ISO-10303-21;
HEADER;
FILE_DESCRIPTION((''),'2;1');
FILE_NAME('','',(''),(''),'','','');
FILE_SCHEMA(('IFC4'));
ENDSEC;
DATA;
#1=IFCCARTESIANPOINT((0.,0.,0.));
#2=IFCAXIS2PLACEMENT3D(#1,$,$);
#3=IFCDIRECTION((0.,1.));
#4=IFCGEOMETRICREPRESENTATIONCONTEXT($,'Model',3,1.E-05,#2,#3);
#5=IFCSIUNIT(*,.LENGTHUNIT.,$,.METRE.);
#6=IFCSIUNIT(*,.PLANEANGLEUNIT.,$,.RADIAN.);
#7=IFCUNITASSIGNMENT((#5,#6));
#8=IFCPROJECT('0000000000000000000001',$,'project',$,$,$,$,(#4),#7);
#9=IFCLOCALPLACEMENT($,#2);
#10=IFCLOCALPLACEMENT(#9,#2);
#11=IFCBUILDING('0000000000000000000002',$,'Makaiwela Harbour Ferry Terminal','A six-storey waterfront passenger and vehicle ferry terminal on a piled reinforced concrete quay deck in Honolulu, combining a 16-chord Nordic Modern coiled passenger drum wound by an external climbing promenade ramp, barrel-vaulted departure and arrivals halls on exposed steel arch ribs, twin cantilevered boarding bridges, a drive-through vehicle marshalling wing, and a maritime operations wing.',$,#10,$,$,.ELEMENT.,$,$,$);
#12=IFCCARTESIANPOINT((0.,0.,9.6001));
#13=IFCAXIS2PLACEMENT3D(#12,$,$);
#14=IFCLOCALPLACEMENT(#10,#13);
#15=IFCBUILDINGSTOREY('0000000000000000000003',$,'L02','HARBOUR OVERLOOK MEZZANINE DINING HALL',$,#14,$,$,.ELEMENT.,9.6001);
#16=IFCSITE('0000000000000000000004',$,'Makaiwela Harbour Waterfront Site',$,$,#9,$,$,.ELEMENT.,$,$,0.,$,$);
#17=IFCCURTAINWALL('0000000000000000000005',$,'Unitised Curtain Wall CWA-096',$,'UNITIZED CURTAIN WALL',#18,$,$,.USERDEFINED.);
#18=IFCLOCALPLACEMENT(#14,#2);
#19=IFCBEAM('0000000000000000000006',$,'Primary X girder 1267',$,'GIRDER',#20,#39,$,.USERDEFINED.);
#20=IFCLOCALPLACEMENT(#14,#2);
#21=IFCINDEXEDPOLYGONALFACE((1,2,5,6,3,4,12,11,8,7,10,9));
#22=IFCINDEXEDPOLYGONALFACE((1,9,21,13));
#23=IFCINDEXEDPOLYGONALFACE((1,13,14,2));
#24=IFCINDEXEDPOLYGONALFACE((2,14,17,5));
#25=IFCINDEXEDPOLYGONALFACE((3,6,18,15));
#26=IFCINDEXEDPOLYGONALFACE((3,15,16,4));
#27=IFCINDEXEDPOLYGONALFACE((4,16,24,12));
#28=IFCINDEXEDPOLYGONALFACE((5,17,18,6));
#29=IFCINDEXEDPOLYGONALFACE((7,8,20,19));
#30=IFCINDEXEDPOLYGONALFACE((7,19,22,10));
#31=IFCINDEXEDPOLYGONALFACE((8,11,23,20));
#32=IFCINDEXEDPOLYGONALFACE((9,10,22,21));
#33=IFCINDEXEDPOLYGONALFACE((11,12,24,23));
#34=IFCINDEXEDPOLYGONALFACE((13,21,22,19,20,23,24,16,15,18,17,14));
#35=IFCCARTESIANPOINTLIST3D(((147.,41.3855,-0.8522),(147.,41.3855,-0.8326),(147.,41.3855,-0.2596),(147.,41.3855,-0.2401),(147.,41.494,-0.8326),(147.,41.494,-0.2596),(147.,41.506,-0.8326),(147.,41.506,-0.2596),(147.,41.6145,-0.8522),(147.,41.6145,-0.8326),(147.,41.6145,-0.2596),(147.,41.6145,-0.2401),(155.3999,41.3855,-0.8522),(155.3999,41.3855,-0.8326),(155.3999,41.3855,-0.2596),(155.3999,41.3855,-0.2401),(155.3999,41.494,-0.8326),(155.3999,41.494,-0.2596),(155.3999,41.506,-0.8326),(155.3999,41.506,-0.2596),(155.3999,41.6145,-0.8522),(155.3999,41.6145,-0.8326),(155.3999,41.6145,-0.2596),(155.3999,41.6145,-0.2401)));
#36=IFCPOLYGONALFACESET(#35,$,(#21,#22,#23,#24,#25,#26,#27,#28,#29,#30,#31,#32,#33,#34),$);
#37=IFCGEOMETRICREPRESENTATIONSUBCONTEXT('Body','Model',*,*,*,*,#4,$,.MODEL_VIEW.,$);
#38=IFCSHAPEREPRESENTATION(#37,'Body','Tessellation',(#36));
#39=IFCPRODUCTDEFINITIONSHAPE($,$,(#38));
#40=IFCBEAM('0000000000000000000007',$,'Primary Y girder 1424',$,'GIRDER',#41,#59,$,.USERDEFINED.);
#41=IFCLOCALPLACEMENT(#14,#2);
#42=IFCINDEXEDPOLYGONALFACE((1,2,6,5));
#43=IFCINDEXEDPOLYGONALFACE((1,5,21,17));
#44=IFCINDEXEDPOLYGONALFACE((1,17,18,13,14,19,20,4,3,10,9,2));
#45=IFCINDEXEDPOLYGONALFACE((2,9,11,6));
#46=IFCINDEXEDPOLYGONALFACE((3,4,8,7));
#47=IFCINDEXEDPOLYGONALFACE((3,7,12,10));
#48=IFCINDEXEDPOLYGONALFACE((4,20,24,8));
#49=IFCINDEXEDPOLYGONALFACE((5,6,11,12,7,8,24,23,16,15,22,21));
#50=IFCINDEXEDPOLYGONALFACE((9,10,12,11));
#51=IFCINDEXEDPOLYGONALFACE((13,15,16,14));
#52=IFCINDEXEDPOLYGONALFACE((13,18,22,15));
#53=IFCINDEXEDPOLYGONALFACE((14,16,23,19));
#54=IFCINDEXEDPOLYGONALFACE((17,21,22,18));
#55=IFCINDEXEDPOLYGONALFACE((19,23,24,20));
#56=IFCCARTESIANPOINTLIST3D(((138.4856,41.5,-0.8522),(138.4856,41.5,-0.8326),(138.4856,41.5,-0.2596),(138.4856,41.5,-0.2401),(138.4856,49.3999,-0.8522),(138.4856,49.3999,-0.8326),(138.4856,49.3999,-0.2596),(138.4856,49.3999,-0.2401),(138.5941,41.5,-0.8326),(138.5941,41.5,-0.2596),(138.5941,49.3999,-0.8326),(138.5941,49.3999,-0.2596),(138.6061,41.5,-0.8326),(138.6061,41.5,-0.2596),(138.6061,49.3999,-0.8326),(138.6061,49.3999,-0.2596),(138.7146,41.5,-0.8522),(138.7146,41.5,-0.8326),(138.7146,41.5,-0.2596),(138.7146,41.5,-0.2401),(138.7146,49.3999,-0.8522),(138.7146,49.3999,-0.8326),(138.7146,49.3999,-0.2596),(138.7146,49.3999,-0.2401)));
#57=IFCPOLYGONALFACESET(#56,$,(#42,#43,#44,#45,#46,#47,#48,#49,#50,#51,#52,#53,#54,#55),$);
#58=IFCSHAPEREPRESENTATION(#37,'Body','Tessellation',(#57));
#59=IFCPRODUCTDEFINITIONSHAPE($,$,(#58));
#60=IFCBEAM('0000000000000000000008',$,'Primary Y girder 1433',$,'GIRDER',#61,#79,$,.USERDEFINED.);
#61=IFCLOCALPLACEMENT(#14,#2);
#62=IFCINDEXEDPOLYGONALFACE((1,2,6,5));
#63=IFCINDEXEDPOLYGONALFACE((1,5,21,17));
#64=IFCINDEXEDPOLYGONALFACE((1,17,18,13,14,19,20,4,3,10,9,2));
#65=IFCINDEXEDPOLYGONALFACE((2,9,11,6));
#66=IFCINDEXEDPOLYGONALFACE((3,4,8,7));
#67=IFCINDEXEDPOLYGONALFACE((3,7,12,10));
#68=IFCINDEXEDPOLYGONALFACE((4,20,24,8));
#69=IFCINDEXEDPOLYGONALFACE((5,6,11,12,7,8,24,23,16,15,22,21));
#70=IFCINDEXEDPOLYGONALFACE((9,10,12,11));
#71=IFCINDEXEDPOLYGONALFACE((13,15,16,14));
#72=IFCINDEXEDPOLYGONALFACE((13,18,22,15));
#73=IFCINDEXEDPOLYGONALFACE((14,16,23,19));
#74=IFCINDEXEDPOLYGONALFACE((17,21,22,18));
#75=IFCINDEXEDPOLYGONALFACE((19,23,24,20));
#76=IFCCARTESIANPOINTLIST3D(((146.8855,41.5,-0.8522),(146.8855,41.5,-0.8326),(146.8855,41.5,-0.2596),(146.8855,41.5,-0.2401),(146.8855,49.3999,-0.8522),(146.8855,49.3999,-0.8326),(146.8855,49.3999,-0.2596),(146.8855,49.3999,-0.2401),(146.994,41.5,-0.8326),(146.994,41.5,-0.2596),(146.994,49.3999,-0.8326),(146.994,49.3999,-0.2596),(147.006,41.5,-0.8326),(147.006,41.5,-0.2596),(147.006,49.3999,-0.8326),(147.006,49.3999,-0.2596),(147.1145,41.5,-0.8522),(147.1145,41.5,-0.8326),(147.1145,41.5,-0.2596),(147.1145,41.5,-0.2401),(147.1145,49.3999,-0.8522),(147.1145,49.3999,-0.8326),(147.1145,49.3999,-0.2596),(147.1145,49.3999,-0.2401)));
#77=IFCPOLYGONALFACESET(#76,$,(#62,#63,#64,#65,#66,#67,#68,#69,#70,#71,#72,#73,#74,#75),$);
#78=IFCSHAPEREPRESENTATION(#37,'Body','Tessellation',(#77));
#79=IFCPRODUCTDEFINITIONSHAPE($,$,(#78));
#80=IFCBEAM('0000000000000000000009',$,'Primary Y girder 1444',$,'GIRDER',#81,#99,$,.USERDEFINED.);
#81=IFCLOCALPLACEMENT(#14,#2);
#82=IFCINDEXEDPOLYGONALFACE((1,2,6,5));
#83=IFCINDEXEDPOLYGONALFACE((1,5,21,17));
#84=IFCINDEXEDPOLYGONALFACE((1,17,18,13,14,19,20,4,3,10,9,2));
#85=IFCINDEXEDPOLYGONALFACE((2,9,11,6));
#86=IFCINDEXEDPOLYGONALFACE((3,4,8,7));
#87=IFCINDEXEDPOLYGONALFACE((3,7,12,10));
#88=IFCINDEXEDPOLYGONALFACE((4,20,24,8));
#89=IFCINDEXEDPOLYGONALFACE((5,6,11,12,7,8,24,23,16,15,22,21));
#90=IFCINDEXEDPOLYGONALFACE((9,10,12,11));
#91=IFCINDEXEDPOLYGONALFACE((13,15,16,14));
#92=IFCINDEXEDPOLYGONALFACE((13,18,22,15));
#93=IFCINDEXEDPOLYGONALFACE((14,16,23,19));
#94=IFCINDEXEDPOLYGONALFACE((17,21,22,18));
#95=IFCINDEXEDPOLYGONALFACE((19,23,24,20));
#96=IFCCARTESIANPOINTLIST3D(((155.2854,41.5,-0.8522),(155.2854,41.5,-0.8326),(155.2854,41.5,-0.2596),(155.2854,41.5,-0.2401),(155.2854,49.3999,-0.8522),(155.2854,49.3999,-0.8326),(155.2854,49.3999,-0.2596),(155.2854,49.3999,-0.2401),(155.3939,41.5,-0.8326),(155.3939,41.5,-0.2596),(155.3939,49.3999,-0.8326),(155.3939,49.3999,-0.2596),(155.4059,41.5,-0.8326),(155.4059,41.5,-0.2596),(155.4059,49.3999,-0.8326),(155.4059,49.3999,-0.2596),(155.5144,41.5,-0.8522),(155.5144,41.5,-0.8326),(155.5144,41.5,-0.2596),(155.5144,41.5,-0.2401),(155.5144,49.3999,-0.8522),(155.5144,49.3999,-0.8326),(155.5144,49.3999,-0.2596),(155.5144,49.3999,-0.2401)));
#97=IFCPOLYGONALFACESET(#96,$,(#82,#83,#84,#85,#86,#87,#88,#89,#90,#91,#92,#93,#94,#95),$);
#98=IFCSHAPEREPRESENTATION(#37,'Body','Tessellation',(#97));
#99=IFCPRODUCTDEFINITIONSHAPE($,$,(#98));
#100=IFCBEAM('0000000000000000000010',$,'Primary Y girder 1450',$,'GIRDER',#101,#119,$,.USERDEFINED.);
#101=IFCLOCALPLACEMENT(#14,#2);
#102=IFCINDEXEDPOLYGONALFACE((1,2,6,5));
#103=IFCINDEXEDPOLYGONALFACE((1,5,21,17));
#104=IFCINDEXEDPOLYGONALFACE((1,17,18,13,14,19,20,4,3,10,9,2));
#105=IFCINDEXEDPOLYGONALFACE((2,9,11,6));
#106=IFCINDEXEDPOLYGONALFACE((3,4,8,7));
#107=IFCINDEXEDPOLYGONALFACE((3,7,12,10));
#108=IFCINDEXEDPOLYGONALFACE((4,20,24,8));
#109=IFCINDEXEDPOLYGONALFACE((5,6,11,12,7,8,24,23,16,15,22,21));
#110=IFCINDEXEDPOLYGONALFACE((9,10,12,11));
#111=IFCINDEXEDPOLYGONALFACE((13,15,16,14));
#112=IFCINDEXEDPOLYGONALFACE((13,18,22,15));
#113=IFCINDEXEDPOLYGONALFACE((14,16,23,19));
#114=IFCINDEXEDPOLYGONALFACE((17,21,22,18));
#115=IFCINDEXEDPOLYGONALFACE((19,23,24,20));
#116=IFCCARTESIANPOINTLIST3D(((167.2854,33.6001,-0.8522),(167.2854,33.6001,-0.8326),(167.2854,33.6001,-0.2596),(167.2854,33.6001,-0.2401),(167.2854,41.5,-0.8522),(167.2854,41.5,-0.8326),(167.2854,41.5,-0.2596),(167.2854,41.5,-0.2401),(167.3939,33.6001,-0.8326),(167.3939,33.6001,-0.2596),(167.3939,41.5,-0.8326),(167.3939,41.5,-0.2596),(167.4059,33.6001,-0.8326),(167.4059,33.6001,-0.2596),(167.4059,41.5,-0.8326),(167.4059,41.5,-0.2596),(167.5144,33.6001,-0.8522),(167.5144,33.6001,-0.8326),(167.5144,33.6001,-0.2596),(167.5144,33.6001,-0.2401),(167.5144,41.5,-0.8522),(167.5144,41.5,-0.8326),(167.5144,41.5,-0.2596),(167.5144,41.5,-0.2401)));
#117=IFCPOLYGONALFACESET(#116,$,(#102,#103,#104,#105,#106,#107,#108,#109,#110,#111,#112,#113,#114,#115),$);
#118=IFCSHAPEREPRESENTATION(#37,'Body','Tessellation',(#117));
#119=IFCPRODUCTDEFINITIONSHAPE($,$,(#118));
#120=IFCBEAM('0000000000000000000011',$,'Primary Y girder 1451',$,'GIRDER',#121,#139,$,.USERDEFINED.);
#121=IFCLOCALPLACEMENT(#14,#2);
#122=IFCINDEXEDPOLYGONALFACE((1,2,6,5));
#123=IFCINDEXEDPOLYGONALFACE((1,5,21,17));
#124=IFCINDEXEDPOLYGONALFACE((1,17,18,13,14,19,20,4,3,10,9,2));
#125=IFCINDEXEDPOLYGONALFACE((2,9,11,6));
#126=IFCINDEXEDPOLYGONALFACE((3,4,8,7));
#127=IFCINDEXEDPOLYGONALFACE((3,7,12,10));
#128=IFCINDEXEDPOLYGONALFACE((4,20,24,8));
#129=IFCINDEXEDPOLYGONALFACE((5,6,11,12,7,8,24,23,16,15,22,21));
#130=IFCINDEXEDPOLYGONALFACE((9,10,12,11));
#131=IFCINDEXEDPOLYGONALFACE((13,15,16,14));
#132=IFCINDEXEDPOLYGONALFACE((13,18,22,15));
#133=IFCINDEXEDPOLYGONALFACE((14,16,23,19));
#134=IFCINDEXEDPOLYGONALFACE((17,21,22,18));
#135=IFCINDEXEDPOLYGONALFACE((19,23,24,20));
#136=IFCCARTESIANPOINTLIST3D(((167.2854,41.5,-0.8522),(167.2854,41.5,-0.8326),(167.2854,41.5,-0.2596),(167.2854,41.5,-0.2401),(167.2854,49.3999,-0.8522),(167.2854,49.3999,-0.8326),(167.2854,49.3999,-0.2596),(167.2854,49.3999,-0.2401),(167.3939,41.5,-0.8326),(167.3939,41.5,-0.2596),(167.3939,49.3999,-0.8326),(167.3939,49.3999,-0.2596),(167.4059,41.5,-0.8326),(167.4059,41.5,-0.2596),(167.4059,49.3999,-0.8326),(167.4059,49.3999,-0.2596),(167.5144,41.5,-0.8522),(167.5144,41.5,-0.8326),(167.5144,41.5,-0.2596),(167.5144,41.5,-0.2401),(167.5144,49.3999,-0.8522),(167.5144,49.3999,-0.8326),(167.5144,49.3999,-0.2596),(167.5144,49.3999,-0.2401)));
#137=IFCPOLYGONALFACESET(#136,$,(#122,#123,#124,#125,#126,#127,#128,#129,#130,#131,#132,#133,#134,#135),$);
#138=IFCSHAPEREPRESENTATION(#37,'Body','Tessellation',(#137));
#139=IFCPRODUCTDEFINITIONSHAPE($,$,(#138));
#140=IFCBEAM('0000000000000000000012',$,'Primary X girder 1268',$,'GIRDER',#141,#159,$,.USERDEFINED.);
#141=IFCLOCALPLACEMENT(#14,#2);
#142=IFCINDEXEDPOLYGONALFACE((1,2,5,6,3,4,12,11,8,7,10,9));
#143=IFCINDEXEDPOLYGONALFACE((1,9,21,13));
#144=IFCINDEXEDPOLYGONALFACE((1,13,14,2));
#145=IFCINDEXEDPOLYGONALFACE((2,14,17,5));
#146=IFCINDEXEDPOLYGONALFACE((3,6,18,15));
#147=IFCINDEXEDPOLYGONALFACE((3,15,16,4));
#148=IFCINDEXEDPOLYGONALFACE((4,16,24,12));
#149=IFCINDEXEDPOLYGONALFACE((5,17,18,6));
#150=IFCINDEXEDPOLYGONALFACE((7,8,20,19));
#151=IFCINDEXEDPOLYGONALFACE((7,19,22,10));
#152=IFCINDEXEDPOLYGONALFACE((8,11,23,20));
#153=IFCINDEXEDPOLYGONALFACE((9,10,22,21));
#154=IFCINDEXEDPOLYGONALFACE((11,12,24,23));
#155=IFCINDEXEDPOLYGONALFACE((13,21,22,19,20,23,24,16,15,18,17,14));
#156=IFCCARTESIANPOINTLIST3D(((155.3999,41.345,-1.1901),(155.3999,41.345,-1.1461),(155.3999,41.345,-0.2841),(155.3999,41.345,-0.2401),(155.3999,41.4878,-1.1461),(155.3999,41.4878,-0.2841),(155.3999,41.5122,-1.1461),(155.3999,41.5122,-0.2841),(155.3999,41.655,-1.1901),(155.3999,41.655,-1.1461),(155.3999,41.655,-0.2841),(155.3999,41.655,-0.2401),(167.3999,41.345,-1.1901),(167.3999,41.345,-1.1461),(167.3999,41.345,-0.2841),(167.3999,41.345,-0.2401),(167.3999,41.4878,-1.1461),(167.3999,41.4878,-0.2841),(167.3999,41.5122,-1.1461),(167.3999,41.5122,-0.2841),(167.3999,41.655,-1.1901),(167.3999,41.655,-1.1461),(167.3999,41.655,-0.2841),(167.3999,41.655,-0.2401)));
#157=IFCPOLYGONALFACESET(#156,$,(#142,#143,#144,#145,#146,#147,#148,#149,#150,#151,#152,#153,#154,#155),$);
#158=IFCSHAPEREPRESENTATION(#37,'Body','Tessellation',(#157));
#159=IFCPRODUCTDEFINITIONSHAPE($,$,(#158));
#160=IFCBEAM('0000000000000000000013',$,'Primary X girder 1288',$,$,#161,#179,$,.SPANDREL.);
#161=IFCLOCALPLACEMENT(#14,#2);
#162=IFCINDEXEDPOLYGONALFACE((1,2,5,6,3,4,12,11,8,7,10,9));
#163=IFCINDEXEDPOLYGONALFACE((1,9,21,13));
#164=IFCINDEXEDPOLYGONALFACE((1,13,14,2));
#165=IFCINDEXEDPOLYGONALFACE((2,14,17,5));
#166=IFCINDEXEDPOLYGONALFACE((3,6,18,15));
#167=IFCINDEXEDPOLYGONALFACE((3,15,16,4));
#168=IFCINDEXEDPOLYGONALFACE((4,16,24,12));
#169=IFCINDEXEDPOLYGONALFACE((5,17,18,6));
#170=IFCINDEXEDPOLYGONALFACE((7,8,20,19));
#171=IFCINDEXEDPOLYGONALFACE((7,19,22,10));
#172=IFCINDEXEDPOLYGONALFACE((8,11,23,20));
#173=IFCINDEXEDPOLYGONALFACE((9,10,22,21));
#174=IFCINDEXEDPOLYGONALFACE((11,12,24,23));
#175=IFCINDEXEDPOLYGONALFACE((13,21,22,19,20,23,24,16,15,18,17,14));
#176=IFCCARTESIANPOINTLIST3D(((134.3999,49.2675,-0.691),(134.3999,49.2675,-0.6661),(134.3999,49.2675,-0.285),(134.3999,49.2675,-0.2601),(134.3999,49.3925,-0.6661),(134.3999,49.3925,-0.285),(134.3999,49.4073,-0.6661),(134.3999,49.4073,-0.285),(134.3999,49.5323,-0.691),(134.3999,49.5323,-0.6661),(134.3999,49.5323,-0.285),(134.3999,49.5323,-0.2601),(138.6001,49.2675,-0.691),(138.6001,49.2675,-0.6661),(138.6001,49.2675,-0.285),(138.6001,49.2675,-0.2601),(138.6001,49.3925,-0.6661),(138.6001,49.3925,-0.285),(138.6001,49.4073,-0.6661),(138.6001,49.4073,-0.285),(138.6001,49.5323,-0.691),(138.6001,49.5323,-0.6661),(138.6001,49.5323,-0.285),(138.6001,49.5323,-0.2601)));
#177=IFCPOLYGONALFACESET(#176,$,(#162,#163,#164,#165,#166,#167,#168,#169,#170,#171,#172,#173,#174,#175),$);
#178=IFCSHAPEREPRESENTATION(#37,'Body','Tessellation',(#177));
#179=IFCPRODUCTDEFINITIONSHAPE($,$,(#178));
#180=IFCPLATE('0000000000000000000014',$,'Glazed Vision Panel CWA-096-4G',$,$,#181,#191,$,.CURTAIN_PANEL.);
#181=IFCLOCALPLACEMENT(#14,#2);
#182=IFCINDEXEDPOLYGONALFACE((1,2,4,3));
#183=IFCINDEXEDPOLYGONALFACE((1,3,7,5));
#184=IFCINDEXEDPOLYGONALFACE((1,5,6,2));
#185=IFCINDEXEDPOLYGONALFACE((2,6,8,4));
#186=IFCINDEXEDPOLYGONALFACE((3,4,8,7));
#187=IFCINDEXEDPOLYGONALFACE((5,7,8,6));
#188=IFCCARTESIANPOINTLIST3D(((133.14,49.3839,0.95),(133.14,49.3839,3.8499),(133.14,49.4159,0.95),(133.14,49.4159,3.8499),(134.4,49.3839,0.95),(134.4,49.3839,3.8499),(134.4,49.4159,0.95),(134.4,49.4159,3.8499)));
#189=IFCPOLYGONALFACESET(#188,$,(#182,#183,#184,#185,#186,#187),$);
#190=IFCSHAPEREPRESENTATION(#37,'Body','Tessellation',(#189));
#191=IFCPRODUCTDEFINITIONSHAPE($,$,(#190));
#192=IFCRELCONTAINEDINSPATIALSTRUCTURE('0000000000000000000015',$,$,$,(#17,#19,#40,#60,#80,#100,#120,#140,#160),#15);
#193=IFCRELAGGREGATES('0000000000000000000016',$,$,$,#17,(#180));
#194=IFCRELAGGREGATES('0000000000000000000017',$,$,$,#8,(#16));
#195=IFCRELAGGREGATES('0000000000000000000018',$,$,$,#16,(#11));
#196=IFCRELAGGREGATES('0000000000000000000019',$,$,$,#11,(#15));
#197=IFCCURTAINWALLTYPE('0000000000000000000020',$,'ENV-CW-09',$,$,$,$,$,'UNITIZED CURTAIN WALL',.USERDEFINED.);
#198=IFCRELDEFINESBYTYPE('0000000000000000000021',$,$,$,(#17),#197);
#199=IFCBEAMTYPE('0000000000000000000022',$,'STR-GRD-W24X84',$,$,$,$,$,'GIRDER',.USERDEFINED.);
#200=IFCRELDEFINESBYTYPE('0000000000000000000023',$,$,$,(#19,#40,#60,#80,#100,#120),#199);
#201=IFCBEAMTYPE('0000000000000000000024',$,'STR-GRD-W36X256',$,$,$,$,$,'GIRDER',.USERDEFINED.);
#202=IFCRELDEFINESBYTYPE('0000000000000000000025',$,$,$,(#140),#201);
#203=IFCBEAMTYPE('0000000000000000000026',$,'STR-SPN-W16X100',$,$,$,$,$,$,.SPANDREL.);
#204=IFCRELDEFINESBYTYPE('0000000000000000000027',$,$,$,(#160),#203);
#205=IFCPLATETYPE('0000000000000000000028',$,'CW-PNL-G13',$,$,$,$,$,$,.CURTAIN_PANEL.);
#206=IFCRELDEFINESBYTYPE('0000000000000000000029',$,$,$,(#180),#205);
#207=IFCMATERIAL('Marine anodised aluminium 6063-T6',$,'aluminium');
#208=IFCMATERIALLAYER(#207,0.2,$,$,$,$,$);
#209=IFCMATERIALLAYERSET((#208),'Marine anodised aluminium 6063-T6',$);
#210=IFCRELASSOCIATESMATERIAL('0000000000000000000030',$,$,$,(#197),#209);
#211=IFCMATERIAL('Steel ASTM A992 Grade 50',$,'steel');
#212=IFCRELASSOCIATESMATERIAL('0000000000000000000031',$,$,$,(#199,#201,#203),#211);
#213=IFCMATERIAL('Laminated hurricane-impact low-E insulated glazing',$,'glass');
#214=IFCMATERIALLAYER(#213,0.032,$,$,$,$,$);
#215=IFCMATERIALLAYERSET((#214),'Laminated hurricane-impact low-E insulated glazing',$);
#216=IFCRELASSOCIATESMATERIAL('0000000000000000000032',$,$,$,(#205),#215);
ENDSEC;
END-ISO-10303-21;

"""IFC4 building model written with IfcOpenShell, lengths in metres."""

from ifc_helpers import new_model, si_unit, direction, frame, origin, origin_2d, place, context, subcontext, project, spatial, rectangle, i_section, extrude, material, layer, layer_set, material_profile, profile_set, type_object, element, aggregate, save


model = new_model("IFC4")

# Units and contexts
model_context = context("Model", 3, precision=1e-05, world=origin(), true_north=direction((0.0, 1.0)))
body_context = subcontext(model_context, "Body", "Model", "MODEL_VIEW")
ifc_project = project(units=[si_unit("LENGTHUNIT", "METRE"), si_unit("PLANEANGLEUNIT", "RADIAN")], contexts=[model_context])

# Site, building, storey
site_placement = place(None, origin())
site = spatial("IfcSite", under=ifc_project, at=site_placement, Name="Makaiwela Harbour Waterfront Site", CompositionType="ELEMENT", RefElevation=0.0)
building_placement = place(site_placement, origin())
building = spatial("IfcBuilding", under=site, at=building_placement, Name="Makaiwela Harbour Ferry Terminal", Description="A six-storey waterfront passenger and vehicle ferry terminal on a piled reinforced concrete quay deck in Honolulu, combining a 16-chord Nordic Modern coiled passenger drum wound by an external climbing promenade ramp, barrel-vaulted departure and arrivals halls on exposed steel arch ribs, twin cantilevered boarding bridges, a drive-through vehicle marshalling wing, and a maritime operations wing.", CompositionType="ELEMENT")
storey_placement = place(building_placement, frame((0.0, 0.0, 9.6001)))
storey = spatial("IfcBuildingStorey", under=building, at=storey_placement, Name="L02", Description="HARBOUR OVERLOOK MEZZANINE DINING HALL", CompositionType="ELEMENT", Elevation=9.6001)

# Curtain wall
ifc_material_1 = material(Name="Marine anodised aluminium 6063-T6", Category="aluminium")
ifc_layer_1 = layer(ifc_material_1, 0.2)
ifc_layer_set_1 = layer_set([ifc_layer_1], Name="Marine anodised aluminium 6063-T6")
curtain_wall_type = type_object("IfcCurtainWallType", Name="ENV-CW-09", ElementType="UNITIZED CURTAIN WALL", PredefinedType="USERDEFINED", material=ifc_layer_set_1)
curtain_wall_placement = place(storey_placement, origin())
curtain_wall = element("IfcCurtainWall", 1, at=curtain_wall_placement, inside=storey, type_object=curtain_wall_type, Name="Unitised Curtain Wall CWA-096", ObjectType="UNITIZED CURTAIN WALL", PredefinedType="USERDEFINED")

# Beams
ifc_material_2 = material(Name="Steel ASTM A992 Grade 50", Category="steel")
ifc_material_profile_1 = material_profile(ifc_material_2, i_section(OverallWidth=0.229, OverallDepth=0.6121, WebThickness=0.012, FlangeThickness=0.0195, at=origin_2d()), Name="W24X84")
ifc_profile_set_1 = profile_set([ifc_material_profile_1], Name="Steel ASTM A992 Grade 50")
beam_type_1 = type_object("IfcBeamType", Name="STR-GRD-W24X84", ElementType="GIRDER", PredefinedType="USERDEFINED", material=ifc_profile_set_1)
for number, where, z_axis, x_axis, name in (
    (2, (147.0, 41.5, -0.5461), (1.0, 0.0, 0.0), (0.0, 1.0, 0.0), "Primary X girder 1267"),
):
    element("IfcBeam", number, at=place(storey_placement, frame(where, z_axis=z_axis, x_axis=x_axis)), inside=storey, type_object=beam_type_1, Name=name, ObjectType="GIRDER", PredefinedType="USERDEFINED", context=body_context, shape_type="SweptSolid", body=[
        extrude(i_section(OverallWidth=0.229, OverallDepth=0.6121, WebThickness=0.012, FlangeThickness=0.0195, at=origin_2d()), origin(), (0.0, 0.0, 1.0), 8.3999),
    ])
for number, where, z_axis, x_axis, name in (
    (3, (138.6001, 41.5, -0.5461), (0.0, 1.0, 0.0), (-1.0, 0.0, 0.0), "Primary Y girder 1424"),
    (4, (147.0, 41.5, -0.5461), (0.0, 1.0, 0.0), (-1.0, 0.0, 0.0), "Primary Y girder 1433"),
    (5, (155.3999, 41.5, -0.5461), (0.0, 1.0, 0.0), (-1.0, 0.0, 0.0), "Primary Y girder 1444"),
    (6, (167.3999, 33.6001, -0.5461), (0.0, 1.0, 0.0), (-1.0, 0.0, 0.0), "Primary Y girder 1450"),
    (7, (167.3999, 41.5, -0.5461), (0.0, 1.0, 0.0), (-1.0, 0.0, 0.0), "Primary Y girder 1451"),
):
    element("IfcBeam", number, at=place(storey_placement, frame(where, z_axis=z_axis, x_axis=x_axis)), inside=storey, type_object=beam_type_1, Name=name, ObjectType="GIRDER", PredefinedType="USERDEFINED", context=body_context, shape_type="SweptSolid", body=[
        extrude(i_section(OverallWidth=0.229, OverallDepth=0.6121, WebThickness=0.012, FlangeThickness=0.0195, at=origin_2d()), origin(), (0.0, 0.0, 1.0), 7.8999),
    ])
ifc_material_profile_2 = material_profile(ifc_material_2, i_section(OverallWidth=0.3101, OverallDepth=0.95, WebThickness=0.0244, FlangeThickness=0.0439, at=origin_2d()), Name="W36X256")
ifc_profile_set_2 = profile_set([ifc_material_profile_2], Name="Steel ASTM A992 Grade 50")
beam_type_2 = type_object("IfcBeamType", Name="STR-GRD-W36X256", ElementType="GIRDER", PredefinedType="USERDEFINED", material=ifc_profile_set_2)
beam_1_placement = place(storey_placement, frame((155.3999, 41.5, -0.7151), z_axis=(1.0, 0.0, 0.0), x_axis=(0.0, 1.0, 0.0)))
element("IfcBeam", 8, at=beam_1_placement, inside=storey, type_object=beam_type_2, Name="Primary X girder 1268", ObjectType="GIRDER", PredefinedType="USERDEFINED", context=body_context, shape_type="SweptSolid", body=[
    extrude(i_section(OverallWidth=0.3101, OverallDepth=0.95, WebThickness=0.0244, FlangeThickness=0.0439, at=origin_2d()), origin(), (0.0, 0.0, 1.0), 12.0),
])
ifc_material_profile_3 = material_profile(ifc_material_2, i_section(OverallWidth=0.2649, OverallDepth=0.4309, WebThickness=0.0149, FlangeThickness=0.0249, at=origin_2d()), Name="W16X100")
ifc_profile_set_3 = profile_set([ifc_material_profile_3], Name="Steel ASTM A992 Grade 50")
beam_type_3 = type_object("IfcBeamType", Name="STR-SPN-W16X100", PredefinedType="SPANDREL", material=ifc_profile_set_3)
beam_2_placement = place(storey_placement, frame((134.3999, 49.3999, -0.4756), z_axis=(1.0, 0.0, 0.0), x_axis=(0.0, 1.0, 0.0)))
element("IfcBeam", 9, at=beam_2_placement, inside=storey, type_object=beam_type_3, Name="Primary X girder 1288", PredefinedType="SPANDREL", context=body_context, shape_type="SweptSolid", body=[
    extrude(i_section(OverallWidth=0.2649, OverallDepth=0.4309, WebThickness=0.0149, FlangeThickness=0.0249, at=origin_2d()), origin(), (0.0, 0.0, 1.0), 4.2002),
])

# Plate
ifc_material_3 = material(Name="Laminated hurricane-impact low-E insulated glazing", Category="glass")
ifc_layer_2 = layer(ifc_material_3, 0.032)
ifc_layer_set_2 = layer_set([ifc_layer_2], Name="Laminated hurricane-impact low-E insulated glazing")
plate_type_1 = type_object("IfcPlateType", Name="CW-PNL-G13", PredefinedType="CURTAIN_PANEL", material=ifc_layer_set_2)
plate_1_placement = place(storey_placement, frame((133.77, 49.3999, 0.95), z_axis=(0.0, 0.0, 1.0), x_axis=(-1.0, 0.0, 0.0)))
plate_1 = element("IfcPlate", 10, at=plate_1_placement, type_object=plate_type_1, Name="Glazed Vision Panel CWA-096-4G", PredefinedType="CURTAIN_PANEL", context=body_context, shape_type="SweptSolid", body=[
    extrude(rectangle(XDim=1.26, YDim=0.032, at=origin_2d()), origin(), (0.0, 0.0, 1.0), 2.8999),
])
aggregate(curtain_wall, [plate_1])

save(model, "model.ifc")
